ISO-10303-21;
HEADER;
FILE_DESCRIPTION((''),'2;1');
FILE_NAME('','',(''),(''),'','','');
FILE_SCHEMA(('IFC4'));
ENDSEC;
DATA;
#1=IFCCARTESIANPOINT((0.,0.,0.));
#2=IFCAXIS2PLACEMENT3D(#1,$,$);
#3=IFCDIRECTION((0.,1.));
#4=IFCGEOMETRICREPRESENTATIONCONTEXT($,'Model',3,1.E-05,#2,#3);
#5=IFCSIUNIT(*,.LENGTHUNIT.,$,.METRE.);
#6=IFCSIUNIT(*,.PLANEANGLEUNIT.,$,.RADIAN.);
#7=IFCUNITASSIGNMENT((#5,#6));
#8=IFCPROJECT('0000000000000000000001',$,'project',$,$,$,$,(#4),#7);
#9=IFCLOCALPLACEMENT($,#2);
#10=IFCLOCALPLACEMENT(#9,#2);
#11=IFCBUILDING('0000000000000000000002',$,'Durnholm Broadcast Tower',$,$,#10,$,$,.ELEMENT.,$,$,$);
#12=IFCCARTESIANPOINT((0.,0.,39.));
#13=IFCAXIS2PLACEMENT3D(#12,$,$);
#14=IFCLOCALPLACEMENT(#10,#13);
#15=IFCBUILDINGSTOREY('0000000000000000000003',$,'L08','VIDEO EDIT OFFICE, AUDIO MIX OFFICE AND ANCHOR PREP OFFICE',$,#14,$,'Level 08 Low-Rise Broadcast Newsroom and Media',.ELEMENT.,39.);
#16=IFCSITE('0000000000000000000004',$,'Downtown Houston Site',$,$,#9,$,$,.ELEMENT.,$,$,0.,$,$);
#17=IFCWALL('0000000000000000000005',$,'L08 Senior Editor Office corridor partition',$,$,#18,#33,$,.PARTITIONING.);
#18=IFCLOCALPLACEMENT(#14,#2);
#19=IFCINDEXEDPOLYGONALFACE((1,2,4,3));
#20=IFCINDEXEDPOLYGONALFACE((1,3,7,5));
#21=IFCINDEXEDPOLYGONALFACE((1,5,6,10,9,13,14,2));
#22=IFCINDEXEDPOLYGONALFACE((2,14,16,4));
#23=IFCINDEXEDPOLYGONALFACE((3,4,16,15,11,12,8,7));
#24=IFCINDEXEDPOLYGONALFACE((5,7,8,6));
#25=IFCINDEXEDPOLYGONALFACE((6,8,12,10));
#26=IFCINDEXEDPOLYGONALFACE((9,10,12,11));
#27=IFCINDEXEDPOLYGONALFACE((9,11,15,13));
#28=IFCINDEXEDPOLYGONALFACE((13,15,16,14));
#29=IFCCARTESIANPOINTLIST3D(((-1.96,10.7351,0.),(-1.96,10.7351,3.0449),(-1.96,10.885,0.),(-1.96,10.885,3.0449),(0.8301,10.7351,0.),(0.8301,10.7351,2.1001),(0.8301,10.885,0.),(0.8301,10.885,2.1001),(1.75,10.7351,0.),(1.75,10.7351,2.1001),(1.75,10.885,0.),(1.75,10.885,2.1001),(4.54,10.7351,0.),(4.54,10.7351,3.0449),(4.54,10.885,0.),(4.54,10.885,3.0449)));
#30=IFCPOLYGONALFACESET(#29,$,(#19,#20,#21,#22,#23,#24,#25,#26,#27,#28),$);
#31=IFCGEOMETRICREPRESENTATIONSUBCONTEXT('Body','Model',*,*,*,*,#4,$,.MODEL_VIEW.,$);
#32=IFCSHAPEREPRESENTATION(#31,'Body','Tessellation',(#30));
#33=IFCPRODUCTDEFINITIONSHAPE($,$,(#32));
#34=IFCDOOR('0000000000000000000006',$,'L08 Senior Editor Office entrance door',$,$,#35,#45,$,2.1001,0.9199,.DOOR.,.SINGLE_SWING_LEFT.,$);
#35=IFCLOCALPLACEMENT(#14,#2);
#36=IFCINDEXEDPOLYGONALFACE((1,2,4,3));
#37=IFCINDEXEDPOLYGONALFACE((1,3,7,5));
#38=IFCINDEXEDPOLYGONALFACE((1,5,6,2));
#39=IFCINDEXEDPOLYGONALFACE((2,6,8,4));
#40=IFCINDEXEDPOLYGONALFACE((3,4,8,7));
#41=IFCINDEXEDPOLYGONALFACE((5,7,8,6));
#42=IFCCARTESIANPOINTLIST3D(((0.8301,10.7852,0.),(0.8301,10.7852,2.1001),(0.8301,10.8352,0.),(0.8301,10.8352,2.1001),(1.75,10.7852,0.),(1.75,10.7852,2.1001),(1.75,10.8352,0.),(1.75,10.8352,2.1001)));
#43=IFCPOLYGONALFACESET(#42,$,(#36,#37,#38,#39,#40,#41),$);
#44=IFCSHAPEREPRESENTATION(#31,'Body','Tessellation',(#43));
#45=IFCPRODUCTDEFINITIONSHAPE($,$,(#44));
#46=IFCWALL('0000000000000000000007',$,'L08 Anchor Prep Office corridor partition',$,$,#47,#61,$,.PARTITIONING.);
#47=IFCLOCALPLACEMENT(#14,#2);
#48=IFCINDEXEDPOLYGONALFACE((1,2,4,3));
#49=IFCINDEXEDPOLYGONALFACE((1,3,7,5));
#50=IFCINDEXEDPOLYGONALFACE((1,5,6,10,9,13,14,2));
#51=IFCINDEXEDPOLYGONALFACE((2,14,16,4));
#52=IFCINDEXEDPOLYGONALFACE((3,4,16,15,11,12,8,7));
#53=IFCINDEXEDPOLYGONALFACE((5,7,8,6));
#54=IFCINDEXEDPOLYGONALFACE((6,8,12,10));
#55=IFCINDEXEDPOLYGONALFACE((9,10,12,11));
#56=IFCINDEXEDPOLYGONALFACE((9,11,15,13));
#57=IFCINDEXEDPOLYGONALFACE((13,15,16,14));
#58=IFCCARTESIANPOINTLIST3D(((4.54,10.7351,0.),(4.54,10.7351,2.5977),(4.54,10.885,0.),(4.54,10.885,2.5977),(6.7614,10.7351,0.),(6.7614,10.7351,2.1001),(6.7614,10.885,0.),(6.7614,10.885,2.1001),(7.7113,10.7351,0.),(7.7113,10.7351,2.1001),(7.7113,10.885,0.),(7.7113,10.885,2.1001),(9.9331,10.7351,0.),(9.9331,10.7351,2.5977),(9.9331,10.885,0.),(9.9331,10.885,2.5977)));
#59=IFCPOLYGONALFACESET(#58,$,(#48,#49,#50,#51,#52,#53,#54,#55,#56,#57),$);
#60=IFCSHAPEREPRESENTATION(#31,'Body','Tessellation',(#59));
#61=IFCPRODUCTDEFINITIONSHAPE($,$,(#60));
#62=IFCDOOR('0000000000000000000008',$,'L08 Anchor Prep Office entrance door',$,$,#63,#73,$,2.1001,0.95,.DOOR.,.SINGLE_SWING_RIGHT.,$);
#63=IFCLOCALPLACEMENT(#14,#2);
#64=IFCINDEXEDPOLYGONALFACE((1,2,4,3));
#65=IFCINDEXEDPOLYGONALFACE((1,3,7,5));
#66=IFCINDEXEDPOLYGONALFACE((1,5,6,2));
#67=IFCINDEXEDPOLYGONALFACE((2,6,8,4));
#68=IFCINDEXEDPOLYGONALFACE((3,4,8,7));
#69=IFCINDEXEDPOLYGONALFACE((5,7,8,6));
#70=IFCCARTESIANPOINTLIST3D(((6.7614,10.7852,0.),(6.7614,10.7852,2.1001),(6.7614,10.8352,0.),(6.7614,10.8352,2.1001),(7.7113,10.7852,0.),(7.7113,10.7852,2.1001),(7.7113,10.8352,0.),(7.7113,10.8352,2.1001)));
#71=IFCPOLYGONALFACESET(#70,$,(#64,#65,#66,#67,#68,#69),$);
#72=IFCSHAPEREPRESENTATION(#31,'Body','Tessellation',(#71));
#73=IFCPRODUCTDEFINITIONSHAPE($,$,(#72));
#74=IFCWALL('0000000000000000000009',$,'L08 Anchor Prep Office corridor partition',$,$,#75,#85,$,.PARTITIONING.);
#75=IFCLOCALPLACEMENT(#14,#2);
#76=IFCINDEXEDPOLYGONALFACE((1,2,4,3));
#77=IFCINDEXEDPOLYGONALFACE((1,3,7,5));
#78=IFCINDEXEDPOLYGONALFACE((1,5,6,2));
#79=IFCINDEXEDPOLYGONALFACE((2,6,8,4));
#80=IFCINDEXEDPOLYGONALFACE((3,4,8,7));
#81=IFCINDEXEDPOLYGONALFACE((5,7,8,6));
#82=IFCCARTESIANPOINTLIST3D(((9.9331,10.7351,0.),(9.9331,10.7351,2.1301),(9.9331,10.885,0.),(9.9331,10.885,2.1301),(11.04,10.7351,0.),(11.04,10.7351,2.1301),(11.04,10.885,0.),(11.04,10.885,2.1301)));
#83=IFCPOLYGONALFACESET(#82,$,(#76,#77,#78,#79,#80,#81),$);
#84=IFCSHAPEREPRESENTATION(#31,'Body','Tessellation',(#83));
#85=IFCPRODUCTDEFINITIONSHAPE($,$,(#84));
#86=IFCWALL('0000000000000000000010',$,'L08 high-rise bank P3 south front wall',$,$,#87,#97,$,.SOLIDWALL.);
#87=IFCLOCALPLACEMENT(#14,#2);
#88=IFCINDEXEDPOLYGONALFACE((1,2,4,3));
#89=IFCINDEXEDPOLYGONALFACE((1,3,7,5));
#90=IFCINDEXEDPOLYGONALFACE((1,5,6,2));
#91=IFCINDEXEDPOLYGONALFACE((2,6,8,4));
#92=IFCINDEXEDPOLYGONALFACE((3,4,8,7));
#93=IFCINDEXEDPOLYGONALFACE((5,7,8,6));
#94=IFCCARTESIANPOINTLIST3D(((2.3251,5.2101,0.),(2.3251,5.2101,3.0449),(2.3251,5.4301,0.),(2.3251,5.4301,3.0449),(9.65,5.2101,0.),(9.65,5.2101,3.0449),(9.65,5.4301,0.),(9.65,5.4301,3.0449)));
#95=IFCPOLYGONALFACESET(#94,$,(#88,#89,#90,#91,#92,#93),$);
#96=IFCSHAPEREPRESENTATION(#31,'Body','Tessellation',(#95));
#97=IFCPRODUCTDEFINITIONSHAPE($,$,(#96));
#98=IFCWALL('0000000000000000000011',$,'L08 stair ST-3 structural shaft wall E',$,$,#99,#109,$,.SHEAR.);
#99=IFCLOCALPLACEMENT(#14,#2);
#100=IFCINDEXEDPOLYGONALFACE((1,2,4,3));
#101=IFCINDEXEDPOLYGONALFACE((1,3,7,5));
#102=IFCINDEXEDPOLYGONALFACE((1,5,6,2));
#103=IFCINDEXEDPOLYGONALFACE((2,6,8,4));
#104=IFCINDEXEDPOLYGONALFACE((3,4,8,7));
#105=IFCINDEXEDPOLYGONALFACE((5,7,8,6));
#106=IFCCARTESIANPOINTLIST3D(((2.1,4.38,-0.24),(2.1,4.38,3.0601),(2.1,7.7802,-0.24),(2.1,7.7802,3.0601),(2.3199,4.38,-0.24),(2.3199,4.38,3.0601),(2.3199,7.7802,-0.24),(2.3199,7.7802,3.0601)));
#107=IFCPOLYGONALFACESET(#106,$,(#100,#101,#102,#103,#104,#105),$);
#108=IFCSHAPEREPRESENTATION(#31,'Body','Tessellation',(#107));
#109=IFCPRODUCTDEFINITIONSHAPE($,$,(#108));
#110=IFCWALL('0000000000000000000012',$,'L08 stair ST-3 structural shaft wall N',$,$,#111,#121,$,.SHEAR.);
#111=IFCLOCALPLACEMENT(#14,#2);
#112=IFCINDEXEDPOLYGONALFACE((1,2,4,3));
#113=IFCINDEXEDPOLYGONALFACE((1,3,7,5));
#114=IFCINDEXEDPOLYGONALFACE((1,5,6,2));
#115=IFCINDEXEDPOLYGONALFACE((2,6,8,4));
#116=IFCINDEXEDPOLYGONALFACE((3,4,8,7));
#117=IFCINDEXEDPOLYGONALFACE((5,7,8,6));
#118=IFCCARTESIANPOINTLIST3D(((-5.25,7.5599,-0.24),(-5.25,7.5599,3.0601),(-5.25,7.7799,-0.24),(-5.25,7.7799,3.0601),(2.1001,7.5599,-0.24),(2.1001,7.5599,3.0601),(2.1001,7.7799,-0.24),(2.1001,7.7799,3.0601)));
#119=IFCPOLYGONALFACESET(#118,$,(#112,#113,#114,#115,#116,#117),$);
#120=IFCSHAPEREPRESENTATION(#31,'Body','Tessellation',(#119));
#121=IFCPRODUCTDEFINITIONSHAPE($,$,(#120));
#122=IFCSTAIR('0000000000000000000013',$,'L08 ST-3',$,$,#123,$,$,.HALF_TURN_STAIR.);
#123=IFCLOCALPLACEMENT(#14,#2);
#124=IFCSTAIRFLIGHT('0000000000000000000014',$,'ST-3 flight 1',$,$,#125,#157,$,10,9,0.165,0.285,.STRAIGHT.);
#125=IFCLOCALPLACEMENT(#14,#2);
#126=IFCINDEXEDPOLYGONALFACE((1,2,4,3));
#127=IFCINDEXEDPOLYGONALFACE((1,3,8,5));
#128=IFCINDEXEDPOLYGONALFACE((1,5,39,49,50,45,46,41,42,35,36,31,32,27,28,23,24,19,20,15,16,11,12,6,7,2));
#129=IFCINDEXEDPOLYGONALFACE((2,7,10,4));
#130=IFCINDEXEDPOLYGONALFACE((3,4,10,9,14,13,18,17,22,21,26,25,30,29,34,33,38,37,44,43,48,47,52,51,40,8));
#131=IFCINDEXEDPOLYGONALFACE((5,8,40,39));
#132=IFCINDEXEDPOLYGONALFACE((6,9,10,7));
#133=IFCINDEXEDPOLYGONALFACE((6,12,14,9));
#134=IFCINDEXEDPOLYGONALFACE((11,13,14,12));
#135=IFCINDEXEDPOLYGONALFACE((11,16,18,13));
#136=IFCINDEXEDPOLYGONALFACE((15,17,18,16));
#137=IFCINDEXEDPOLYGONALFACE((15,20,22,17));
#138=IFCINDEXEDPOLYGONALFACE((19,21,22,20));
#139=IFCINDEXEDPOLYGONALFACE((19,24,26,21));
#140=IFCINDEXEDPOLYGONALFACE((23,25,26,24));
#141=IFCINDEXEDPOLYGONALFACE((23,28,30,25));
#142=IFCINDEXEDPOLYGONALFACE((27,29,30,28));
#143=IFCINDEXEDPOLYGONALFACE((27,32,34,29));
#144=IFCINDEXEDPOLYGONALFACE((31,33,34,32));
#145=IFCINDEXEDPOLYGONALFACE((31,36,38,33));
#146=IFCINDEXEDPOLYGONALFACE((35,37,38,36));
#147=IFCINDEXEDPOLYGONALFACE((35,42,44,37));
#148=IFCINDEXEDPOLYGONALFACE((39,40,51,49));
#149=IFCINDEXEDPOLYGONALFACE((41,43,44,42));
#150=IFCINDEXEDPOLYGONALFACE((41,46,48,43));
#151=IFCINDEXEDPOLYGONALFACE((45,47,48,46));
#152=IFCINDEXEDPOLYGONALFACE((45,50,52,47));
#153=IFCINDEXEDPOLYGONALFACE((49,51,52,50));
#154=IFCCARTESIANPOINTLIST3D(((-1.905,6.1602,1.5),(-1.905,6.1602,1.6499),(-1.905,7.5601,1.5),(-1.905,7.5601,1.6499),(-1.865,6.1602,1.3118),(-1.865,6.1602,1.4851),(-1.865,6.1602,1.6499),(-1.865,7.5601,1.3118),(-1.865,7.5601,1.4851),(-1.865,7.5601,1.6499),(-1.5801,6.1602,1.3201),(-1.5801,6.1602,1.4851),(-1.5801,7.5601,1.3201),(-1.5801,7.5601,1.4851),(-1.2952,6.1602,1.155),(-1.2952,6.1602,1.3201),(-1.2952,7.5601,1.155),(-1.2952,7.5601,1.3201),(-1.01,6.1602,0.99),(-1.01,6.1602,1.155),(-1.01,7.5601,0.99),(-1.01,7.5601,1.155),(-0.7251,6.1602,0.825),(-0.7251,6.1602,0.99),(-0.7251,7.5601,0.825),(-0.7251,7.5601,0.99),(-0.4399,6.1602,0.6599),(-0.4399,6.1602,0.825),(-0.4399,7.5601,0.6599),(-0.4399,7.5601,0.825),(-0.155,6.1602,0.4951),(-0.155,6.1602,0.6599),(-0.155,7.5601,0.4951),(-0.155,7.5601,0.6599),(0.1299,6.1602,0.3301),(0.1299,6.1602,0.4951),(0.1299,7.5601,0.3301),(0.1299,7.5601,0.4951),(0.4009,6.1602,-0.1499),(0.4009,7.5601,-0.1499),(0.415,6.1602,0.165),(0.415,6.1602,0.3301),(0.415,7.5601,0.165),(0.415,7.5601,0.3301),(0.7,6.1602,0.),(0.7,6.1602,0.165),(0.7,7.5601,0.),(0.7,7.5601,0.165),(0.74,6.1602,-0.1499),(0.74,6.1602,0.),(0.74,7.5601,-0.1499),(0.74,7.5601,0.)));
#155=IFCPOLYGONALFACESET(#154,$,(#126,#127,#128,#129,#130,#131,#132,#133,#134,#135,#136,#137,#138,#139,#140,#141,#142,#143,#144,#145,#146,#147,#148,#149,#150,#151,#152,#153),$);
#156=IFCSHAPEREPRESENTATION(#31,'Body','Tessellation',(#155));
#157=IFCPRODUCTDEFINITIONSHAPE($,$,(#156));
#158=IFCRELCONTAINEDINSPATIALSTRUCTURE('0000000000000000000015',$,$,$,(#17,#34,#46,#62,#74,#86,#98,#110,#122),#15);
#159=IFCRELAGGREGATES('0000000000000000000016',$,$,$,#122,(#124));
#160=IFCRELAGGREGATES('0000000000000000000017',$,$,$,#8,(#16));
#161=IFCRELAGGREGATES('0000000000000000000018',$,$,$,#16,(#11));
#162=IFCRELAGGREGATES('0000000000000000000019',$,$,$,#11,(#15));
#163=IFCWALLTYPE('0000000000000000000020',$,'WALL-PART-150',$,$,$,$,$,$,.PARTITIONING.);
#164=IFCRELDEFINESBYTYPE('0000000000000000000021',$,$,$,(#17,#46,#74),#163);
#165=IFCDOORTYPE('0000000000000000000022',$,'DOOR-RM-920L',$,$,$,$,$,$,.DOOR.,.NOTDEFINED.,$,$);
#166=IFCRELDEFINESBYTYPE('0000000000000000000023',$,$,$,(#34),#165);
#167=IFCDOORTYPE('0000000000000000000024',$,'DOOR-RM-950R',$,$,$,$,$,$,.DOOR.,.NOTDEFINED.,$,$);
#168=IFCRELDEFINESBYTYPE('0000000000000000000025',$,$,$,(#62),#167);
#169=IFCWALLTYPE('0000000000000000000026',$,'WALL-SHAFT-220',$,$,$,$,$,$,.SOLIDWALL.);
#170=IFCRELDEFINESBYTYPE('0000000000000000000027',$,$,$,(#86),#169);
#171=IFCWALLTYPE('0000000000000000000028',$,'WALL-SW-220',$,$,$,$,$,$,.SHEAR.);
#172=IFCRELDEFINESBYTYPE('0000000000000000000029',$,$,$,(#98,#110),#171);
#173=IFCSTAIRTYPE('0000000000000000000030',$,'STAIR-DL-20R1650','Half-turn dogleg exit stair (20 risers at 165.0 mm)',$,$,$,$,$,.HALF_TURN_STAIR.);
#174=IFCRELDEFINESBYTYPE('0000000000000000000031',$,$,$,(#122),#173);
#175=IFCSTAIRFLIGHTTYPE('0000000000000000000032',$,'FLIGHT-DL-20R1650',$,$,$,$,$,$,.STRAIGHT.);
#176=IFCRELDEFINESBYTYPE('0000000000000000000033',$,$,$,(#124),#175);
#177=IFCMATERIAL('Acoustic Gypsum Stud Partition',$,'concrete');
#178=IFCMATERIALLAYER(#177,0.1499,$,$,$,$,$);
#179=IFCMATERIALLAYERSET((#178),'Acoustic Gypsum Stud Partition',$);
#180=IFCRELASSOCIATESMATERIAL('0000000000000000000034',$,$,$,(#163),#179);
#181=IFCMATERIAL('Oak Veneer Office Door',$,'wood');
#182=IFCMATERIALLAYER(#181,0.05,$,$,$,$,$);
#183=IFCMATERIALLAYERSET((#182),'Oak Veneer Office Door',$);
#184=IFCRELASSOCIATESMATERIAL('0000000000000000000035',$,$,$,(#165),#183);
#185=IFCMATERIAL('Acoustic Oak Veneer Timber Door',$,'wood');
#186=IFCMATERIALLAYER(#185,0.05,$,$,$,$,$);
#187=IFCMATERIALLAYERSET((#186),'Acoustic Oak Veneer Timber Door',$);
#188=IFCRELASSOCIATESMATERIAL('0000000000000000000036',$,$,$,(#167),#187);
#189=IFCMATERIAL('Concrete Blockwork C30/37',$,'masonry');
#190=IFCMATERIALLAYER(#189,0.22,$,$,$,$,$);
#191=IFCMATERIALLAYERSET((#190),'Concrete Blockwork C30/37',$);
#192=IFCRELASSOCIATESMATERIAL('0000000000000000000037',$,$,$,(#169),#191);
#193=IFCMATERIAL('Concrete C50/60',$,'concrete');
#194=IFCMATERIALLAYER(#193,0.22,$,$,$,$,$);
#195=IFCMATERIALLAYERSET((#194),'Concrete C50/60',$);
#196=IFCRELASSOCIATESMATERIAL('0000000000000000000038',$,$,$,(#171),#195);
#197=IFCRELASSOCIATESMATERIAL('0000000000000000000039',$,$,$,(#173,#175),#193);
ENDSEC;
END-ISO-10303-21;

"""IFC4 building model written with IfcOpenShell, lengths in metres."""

from ifc_helpers import new_model, si_unit, direction, frame, frame_2d, origin, place, context, subcontext, project, spatial, polyline, rectangle, outline, extrude, source, transform, mapped, material, layer, layer_set, type_object, type_shapes, element, fill, aggregate, save


model = new_model("IFC4")

# Units and contexts
model_context = context("Model", 3, precision=1e-05, world=origin(), true_north=direction((0.0, 1.0)))
body_context = subcontext(model_context, "Body", "Model", "MODEL_VIEW")
ifc_project = project(units=[si_unit("LENGTHUNIT", "METRE"), si_unit("PLANEANGLEUNIT", "RADIAN")], contexts=[model_context])

# Site, building, storey
site_placement = place(None, origin())
site = spatial("IfcSite", under=ifc_project, at=site_placement, Name="Downtown Houston Site", CompositionType="ELEMENT", RefElevation=0.0)
building_placement = place(site_placement, origin())
building = spatial("IfcBuilding", under=site, at=building_placement, Name="Durnholm Broadcast Tower", CompositionType="ELEMENT")
storey_placement = place(building_placement, frame((0.0, 0.0, 39.0)))
storey = spatial("IfcBuildingStorey", under=building, at=storey_placement, Name="L08", Description="VIDEO EDIT OFFICE, AUDIO MIX OFFICE AND ANCHOR PREP OFFICE", LongName="Level 08 Low-Rise Broadcast Newsroom and Media", CompositionType="ELEMENT", Elevation=39.0)

# Walls, openings, doors
ifc_material_1 = material(Name="Acoustic Gypsum Stud Partition", Category="concrete")
ifc_layer_1 = layer(ifc_material_1, 0.1499)
ifc_layer_set_1 = layer_set([ifc_layer_1], Name="Acoustic Gypsum Stud Partition")
wall_type_1 = type_object("IfcWallType", Name="WALL-PART-150", PredefinedType="PARTITIONING", material=ifc_layer_set_1)
wall_1_placement = place(storey_placement, frame((4.54, 10.8101, 0.0), z_axis=(0.0, 0.0, 1.0), x_axis=(-1.0, 0.0, 0.0)))
wall_1 = element("IfcWall", 1, at=wall_1_placement, inside=storey, type_object=wall_type_1, Name="L08 Senior Editor Office corridor partition", PredefinedType="PARTITIONING", context=body_context, shape_type="SweptSolid", body=[
    extrude(rectangle(XDim=6.5, YDim=0.1499, at=frame_2d((3.25, 0.0))), origin(), (0.0, 0.0, 1.0), 3.0449),
])
opening_1_placement = place(wall_1_placement, frame((2.79, 0.0, 0.0)))
opening_1 = element("IfcOpeningElement", 2, at=opening_1_placement, cuts=wall_1, PredefinedType="OPENING", context=body_context, shape_type="SweptSolid", body=[
    extrude(rectangle(XDim=0.9199, YDim=2.1001, at=frame_2d((0.46, 1.05))), frame((0.0, 0.085, 0.0), z_axis=(0.0, -1.0, 0.0), x_axis=(1.0, 0.0, 0.0)), (0.0, 0.0, 1.0), 0.1699),
])
ifc_material_2 = material(Name="Oak Veneer Office Door", Category="wood")
ifc_layer_2 = layer(ifc_material_2, 0.05)
ifc_layer_set_2 = layer_set([ifc_layer_2], Name="Oak Veneer Office Door")
door_type_1 = type_object("IfcDoorType", Name="DOOR-RM-920L", OperationType="NOTDEFINED", PredefinedType="DOOR", material=ifc_layer_set_2)
shared_shape_1 = source(origin(), body_context, "Body", "SweptSolid", [
    extrude(rectangle(XDim=0.9199, YDim=2.1001, at=frame_2d((0.46, 1.05))), frame((0.0, 0.0249, 0.0), z_axis=(0.0, -1.0, 0.0), x_axis=(1.0, 0.0, 0.0)), (0.0, 0.0, 1.0), 0.05),
])
type_shapes(door_type_1, [shared_shape_1])
door_1_placement = place(opening_1_placement, origin())
door_1 = element("IfcDoor", 3, at=door_1_placement, inside=storey, type_object=door_type_1, Name="L08 Senior Editor Office entrance door", OperationType="SINGLE_SWING_LEFT", OverallHeight=2.1001, OverallWidth=0.9199, PredefinedType="DOOR", context=body_context, shape_type="MappedRepresentation", body=[
    mapped(shared_shape_1, transform((0.0, 0.0, 0.0), x_axis=(1.0, 0.0, 0.0), y_axis=(0.0, 1.0, 0.0), z_axis=(0.0, 0.0, 1.0), scale=1.0)),
])
fill(opening_1, door_1)
wall_2_placement = place(storey_placement, frame((9.9331, 10.8101, 0.0), z_axis=(0.0, 0.0, 1.0), x_axis=(-1.0, 0.0, 0.0)))
wall_2 = element("IfcWall", 4, at=wall_2_placement, inside=storey, type_object=wall_type_1, Name="L08 Anchor Prep Office corridor partition", PredefinedType="PARTITIONING", context=body_context, shape_type="SweptSolid", body=[
    extrude(rectangle(XDim=5.3931, YDim=0.1499, at=frame_2d((2.6965, 0.0))), origin(), (0.0, 0.0, 1.0), 2.5977),
])
opening_2_placement = place(wall_2_placement, frame((2.2217, 0.0, 0.0)))
opening_2 = element("IfcOpeningElement", 5, at=opening_2_placement, cuts=wall_2, PredefinedType="OPENING", context=body_context, shape_type="SweptSolid", body=[
    extrude(rectangle(XDim=0.95, YDim=2.1001, at=frame_2d((0.4751, 1.05))), frame((0.0, 0.085, 0.0), z_axis=(0.0, -1.0, 0.0), x_axis=(1.0, 0.0, 0.0)), (0.0, 0.0, 1.0), 0.1699),
])
ifc_material_3 = material(Name="Acoustic Oak Veneer Timber Door", Category="wood")
ifc_layer_3 = layer(ifc_material_3, 0.05)
ifc_layer_set_3 = layer_set([ifc_layer_3], Name="Acoustic Oak Veneer Timber Door")
door_type_2 = type_object("IfcDoorType", Name="DOOR-RM-950R", OperationType="NOTDEFINED", PredefinedType="DOOR", material=ifc_layer_set_3)
shared_shape_2 = source(origin(), body_context, "Body", "SweptSolid", [
    extrude(rectangle(XDim=0.95, YDim=2.1001, at=frame_2d((0.4751, 1.05))), frame((0.0, 0.0249, 0.0), z_axis=(0.0, -1.0, 0.0), x_axis=(1.0, 0.0, 0.0)), (0.0, 0.0, 1.0), 0.05),
])
type_shapes(door_type_2, [shared_shape_2])
door_2_placement = place(opening_2_placement, origin())
door_2 = element("IfcDoor", 6, at=door_2_placement, inside=storey, type_object=door_type_2, Name="L08 Anchor Prep Office entrance door", OperationType="SINGLE_SWING_RIGHT", OverallHeight=2.1001, OverallWidth=0.95, PredefinedType="DOOR", context=body_context, shape_type="MappedRepresentation", body=[
    mapped(shared_shape_2, transform((0.0, 0.0, 0.0), x_axis=(1.0, 0.0, 0.0), y_axis=(0.0, 1.0, 0.0), z_axis=(0.0, 0.0, 1.0), scale=1.0)),
])
fill(opening_2, door_2)

# Wall
wall_3_placement = place(storey_placement, frame((11.04, 10.8101, 0.0), z_axis=(0.0, 0.0, 1.0), x_axis=(-1.0, 0.0, 0.0)))
element("IfcWall", 7, at=wall_3_placement, inside=storey, type_object=wall_type_1, Name="L08 Anchor Prep Office corridor partition", PredefinedType="PARTITIONING", context=body_context, shape_type="SweptSolid", body=[
    extrude(rectangle(XDim=1.1069, YDim=0.1499, at=frame_2d((0.5535, 0.0))), origin(), (0.0, 0.0, 1.0), 2.1301),
])

# Shared definitions
ifc_material_4 = material(Name="Concrete Blockwork C30/37", Category="masonry")
ifc_layer_4 = layer(ifc_material_4, 0.22)
ifc_layer_set_4 = layer_set([ifc_layer_4], Name="Concrete Blockwork C30/37")
wall_type_2 = type_object("IfcWallType", Name="WALL-SHAFT-220", PredefinedType="SOLIDWALL", material=ifc_layer_set_4)

# Walls
wall_4_placement = place(storey_placement, frame((2.325, 5.3201, 0.0), z_axis=(0.0, 0.0, 1.0), x_axis=(1.0, 0.0, 0.0)))
element("IfcWall", 8, at=wall_4_placement, inside=storey, type_object=wall_type_2, Name="L08 high-rise bank P3 south front wall", PredefinedType="SOLIDWALL", context=body_context, shape_type="SweptSolid", body=[
    extrude(rectangle(XDim=7.325, YDim=0.22, at=frame_2d((3.6626, 0.0))), origin(), (0.0, 0.0, 1.0), 3.0449),
])
ifc_material_5 = material(Name="Concrete C50/60", Category="concrete")
ifc_layer_5 = layer(ifc_material_5, 0.22)
ifc_layer_set_5 = layer_set([ifc_layer_5], Name="Concrete C50/60")
wall_type_3 = type_object("IfcWallType", Name="WALL-SW-220", PredefinedType="SHEAR", material=ifc_layer_set_5)
wall_5_placement = place(storey_placement, frame((2.21, 4.3799, -0.24), z_axis=(0.0, 0.0, 1.0), x_axis=(0.0, 1.0, 0.0)))
element("IfcWall", 9, at=wall_5_placement, inside=storey, type_object=wall_type_3, Name="L08 stair ST-3 structural shaft wall E", PredefinedType="SHEAR", context=body_context, shape_type="SweptSolid", body=[
    extrude(rectangle(XDim=3.4001, YDim=0.22, at=frame_2d((1.7002, 0.0))), origin(), (0.0, 0.0, 1.0), 3.3),
])
wall_6_placement = place(storey_placement, frame((2.1001, 7.6699, -0.24), z_axis=(0.0, 0.0, 1.0), x_axis=(-1.0, 0.0, 0.0)))
element("IfcWall", 10, at=wall_6_placement, inside=storey, type_object=wall_type_3, Name="L08 stair ST-3 structural shaft wall N", PredefinedType="SHEAR", context=body_context, shape_type="SweptSolid", body=[
    extrude(rectangle(XDim=7.3501, YDim=0.22, at=frame_2d((3.675, 0.0))), origin(), (0.0, 0.0, 1.0), 3.3),
])

# Stair, stair flight
stair_type = type_object("IfcStairType", Name="STAIR-DL-20R1650", Description="Half-turn dogleg exit stair (20 risers at 165.0 mm)", PredefinedType="HALF_TURN_STAIR", material=ifc_material_5)
stair_placement = place(storey_placement, origin())
stair = element("IfcStair", 11, at=stair_placement, inside=storey, type_object=stair_type, Name="L08 ST-3", PredefinedType="HALF_TURN_STAIR")
stair_flight_type = type_object("IfcStairFlightType", Name="FLIGHT-DL-20R1650", PredefinedType="STRAIGHT", material=ifc_material_5)
stair_flight_placement = place(storey_placement, frame((0.7, 6.8601, 0.0), z_axis=(0.0, 0.0, 1.0), x_axis=(-1.0, 0.0, 0.0)))
stair_flight = element("IfcStairFlight", 12, at=stair_flight_placement, type_object=stair_flight_type, Name="ST-3 flight 1", NumberOfRisers=10, NumberOfTreads=9, PredefinedType="STRAIGHT", RiserHeight=0.165, TreadLength=0.285, context=body_context, shape_type="SweptSolid", body=[
    extrude(outline(polyline([(-0.04, -0.1499), (-0.04, 0.0), (0.0, 0.0), (0.0, 0.165), (0.2849, 0.165), (0.2849, 0.3301), (0.5701, 0.3301), (0.5701, 0.4951), (0.855, 0.4951), (0.855, 0.6599), (1.1399, 0.6599), (1.1399, 0.825), (1.425, 0.825), (1.425, 0.99), (1.71, 0.99), (1.71, 1.155), (1.9951, 1.155), (1.9951, 1.3201), (2.28, 1.3201), (2.28, 1.4851), (2.5649, 1.4851), (2.5649, 1.6499), (2.605, 1.6499), (2.605, 1.5), (2.5649, 1.3118), (0.2991, -0.1499), (-0.04, -0.1499)])), frame((0.0, 0.7, 0.0), z_axis=(0.0, -1.0, 0.0), x_axis=(1.0, 0.0, 0.0)), (0.0, 0.0, 1.0), 1.3999),
])
aggregate(stair, [stair_flight])

save(model, "model.ifc")
